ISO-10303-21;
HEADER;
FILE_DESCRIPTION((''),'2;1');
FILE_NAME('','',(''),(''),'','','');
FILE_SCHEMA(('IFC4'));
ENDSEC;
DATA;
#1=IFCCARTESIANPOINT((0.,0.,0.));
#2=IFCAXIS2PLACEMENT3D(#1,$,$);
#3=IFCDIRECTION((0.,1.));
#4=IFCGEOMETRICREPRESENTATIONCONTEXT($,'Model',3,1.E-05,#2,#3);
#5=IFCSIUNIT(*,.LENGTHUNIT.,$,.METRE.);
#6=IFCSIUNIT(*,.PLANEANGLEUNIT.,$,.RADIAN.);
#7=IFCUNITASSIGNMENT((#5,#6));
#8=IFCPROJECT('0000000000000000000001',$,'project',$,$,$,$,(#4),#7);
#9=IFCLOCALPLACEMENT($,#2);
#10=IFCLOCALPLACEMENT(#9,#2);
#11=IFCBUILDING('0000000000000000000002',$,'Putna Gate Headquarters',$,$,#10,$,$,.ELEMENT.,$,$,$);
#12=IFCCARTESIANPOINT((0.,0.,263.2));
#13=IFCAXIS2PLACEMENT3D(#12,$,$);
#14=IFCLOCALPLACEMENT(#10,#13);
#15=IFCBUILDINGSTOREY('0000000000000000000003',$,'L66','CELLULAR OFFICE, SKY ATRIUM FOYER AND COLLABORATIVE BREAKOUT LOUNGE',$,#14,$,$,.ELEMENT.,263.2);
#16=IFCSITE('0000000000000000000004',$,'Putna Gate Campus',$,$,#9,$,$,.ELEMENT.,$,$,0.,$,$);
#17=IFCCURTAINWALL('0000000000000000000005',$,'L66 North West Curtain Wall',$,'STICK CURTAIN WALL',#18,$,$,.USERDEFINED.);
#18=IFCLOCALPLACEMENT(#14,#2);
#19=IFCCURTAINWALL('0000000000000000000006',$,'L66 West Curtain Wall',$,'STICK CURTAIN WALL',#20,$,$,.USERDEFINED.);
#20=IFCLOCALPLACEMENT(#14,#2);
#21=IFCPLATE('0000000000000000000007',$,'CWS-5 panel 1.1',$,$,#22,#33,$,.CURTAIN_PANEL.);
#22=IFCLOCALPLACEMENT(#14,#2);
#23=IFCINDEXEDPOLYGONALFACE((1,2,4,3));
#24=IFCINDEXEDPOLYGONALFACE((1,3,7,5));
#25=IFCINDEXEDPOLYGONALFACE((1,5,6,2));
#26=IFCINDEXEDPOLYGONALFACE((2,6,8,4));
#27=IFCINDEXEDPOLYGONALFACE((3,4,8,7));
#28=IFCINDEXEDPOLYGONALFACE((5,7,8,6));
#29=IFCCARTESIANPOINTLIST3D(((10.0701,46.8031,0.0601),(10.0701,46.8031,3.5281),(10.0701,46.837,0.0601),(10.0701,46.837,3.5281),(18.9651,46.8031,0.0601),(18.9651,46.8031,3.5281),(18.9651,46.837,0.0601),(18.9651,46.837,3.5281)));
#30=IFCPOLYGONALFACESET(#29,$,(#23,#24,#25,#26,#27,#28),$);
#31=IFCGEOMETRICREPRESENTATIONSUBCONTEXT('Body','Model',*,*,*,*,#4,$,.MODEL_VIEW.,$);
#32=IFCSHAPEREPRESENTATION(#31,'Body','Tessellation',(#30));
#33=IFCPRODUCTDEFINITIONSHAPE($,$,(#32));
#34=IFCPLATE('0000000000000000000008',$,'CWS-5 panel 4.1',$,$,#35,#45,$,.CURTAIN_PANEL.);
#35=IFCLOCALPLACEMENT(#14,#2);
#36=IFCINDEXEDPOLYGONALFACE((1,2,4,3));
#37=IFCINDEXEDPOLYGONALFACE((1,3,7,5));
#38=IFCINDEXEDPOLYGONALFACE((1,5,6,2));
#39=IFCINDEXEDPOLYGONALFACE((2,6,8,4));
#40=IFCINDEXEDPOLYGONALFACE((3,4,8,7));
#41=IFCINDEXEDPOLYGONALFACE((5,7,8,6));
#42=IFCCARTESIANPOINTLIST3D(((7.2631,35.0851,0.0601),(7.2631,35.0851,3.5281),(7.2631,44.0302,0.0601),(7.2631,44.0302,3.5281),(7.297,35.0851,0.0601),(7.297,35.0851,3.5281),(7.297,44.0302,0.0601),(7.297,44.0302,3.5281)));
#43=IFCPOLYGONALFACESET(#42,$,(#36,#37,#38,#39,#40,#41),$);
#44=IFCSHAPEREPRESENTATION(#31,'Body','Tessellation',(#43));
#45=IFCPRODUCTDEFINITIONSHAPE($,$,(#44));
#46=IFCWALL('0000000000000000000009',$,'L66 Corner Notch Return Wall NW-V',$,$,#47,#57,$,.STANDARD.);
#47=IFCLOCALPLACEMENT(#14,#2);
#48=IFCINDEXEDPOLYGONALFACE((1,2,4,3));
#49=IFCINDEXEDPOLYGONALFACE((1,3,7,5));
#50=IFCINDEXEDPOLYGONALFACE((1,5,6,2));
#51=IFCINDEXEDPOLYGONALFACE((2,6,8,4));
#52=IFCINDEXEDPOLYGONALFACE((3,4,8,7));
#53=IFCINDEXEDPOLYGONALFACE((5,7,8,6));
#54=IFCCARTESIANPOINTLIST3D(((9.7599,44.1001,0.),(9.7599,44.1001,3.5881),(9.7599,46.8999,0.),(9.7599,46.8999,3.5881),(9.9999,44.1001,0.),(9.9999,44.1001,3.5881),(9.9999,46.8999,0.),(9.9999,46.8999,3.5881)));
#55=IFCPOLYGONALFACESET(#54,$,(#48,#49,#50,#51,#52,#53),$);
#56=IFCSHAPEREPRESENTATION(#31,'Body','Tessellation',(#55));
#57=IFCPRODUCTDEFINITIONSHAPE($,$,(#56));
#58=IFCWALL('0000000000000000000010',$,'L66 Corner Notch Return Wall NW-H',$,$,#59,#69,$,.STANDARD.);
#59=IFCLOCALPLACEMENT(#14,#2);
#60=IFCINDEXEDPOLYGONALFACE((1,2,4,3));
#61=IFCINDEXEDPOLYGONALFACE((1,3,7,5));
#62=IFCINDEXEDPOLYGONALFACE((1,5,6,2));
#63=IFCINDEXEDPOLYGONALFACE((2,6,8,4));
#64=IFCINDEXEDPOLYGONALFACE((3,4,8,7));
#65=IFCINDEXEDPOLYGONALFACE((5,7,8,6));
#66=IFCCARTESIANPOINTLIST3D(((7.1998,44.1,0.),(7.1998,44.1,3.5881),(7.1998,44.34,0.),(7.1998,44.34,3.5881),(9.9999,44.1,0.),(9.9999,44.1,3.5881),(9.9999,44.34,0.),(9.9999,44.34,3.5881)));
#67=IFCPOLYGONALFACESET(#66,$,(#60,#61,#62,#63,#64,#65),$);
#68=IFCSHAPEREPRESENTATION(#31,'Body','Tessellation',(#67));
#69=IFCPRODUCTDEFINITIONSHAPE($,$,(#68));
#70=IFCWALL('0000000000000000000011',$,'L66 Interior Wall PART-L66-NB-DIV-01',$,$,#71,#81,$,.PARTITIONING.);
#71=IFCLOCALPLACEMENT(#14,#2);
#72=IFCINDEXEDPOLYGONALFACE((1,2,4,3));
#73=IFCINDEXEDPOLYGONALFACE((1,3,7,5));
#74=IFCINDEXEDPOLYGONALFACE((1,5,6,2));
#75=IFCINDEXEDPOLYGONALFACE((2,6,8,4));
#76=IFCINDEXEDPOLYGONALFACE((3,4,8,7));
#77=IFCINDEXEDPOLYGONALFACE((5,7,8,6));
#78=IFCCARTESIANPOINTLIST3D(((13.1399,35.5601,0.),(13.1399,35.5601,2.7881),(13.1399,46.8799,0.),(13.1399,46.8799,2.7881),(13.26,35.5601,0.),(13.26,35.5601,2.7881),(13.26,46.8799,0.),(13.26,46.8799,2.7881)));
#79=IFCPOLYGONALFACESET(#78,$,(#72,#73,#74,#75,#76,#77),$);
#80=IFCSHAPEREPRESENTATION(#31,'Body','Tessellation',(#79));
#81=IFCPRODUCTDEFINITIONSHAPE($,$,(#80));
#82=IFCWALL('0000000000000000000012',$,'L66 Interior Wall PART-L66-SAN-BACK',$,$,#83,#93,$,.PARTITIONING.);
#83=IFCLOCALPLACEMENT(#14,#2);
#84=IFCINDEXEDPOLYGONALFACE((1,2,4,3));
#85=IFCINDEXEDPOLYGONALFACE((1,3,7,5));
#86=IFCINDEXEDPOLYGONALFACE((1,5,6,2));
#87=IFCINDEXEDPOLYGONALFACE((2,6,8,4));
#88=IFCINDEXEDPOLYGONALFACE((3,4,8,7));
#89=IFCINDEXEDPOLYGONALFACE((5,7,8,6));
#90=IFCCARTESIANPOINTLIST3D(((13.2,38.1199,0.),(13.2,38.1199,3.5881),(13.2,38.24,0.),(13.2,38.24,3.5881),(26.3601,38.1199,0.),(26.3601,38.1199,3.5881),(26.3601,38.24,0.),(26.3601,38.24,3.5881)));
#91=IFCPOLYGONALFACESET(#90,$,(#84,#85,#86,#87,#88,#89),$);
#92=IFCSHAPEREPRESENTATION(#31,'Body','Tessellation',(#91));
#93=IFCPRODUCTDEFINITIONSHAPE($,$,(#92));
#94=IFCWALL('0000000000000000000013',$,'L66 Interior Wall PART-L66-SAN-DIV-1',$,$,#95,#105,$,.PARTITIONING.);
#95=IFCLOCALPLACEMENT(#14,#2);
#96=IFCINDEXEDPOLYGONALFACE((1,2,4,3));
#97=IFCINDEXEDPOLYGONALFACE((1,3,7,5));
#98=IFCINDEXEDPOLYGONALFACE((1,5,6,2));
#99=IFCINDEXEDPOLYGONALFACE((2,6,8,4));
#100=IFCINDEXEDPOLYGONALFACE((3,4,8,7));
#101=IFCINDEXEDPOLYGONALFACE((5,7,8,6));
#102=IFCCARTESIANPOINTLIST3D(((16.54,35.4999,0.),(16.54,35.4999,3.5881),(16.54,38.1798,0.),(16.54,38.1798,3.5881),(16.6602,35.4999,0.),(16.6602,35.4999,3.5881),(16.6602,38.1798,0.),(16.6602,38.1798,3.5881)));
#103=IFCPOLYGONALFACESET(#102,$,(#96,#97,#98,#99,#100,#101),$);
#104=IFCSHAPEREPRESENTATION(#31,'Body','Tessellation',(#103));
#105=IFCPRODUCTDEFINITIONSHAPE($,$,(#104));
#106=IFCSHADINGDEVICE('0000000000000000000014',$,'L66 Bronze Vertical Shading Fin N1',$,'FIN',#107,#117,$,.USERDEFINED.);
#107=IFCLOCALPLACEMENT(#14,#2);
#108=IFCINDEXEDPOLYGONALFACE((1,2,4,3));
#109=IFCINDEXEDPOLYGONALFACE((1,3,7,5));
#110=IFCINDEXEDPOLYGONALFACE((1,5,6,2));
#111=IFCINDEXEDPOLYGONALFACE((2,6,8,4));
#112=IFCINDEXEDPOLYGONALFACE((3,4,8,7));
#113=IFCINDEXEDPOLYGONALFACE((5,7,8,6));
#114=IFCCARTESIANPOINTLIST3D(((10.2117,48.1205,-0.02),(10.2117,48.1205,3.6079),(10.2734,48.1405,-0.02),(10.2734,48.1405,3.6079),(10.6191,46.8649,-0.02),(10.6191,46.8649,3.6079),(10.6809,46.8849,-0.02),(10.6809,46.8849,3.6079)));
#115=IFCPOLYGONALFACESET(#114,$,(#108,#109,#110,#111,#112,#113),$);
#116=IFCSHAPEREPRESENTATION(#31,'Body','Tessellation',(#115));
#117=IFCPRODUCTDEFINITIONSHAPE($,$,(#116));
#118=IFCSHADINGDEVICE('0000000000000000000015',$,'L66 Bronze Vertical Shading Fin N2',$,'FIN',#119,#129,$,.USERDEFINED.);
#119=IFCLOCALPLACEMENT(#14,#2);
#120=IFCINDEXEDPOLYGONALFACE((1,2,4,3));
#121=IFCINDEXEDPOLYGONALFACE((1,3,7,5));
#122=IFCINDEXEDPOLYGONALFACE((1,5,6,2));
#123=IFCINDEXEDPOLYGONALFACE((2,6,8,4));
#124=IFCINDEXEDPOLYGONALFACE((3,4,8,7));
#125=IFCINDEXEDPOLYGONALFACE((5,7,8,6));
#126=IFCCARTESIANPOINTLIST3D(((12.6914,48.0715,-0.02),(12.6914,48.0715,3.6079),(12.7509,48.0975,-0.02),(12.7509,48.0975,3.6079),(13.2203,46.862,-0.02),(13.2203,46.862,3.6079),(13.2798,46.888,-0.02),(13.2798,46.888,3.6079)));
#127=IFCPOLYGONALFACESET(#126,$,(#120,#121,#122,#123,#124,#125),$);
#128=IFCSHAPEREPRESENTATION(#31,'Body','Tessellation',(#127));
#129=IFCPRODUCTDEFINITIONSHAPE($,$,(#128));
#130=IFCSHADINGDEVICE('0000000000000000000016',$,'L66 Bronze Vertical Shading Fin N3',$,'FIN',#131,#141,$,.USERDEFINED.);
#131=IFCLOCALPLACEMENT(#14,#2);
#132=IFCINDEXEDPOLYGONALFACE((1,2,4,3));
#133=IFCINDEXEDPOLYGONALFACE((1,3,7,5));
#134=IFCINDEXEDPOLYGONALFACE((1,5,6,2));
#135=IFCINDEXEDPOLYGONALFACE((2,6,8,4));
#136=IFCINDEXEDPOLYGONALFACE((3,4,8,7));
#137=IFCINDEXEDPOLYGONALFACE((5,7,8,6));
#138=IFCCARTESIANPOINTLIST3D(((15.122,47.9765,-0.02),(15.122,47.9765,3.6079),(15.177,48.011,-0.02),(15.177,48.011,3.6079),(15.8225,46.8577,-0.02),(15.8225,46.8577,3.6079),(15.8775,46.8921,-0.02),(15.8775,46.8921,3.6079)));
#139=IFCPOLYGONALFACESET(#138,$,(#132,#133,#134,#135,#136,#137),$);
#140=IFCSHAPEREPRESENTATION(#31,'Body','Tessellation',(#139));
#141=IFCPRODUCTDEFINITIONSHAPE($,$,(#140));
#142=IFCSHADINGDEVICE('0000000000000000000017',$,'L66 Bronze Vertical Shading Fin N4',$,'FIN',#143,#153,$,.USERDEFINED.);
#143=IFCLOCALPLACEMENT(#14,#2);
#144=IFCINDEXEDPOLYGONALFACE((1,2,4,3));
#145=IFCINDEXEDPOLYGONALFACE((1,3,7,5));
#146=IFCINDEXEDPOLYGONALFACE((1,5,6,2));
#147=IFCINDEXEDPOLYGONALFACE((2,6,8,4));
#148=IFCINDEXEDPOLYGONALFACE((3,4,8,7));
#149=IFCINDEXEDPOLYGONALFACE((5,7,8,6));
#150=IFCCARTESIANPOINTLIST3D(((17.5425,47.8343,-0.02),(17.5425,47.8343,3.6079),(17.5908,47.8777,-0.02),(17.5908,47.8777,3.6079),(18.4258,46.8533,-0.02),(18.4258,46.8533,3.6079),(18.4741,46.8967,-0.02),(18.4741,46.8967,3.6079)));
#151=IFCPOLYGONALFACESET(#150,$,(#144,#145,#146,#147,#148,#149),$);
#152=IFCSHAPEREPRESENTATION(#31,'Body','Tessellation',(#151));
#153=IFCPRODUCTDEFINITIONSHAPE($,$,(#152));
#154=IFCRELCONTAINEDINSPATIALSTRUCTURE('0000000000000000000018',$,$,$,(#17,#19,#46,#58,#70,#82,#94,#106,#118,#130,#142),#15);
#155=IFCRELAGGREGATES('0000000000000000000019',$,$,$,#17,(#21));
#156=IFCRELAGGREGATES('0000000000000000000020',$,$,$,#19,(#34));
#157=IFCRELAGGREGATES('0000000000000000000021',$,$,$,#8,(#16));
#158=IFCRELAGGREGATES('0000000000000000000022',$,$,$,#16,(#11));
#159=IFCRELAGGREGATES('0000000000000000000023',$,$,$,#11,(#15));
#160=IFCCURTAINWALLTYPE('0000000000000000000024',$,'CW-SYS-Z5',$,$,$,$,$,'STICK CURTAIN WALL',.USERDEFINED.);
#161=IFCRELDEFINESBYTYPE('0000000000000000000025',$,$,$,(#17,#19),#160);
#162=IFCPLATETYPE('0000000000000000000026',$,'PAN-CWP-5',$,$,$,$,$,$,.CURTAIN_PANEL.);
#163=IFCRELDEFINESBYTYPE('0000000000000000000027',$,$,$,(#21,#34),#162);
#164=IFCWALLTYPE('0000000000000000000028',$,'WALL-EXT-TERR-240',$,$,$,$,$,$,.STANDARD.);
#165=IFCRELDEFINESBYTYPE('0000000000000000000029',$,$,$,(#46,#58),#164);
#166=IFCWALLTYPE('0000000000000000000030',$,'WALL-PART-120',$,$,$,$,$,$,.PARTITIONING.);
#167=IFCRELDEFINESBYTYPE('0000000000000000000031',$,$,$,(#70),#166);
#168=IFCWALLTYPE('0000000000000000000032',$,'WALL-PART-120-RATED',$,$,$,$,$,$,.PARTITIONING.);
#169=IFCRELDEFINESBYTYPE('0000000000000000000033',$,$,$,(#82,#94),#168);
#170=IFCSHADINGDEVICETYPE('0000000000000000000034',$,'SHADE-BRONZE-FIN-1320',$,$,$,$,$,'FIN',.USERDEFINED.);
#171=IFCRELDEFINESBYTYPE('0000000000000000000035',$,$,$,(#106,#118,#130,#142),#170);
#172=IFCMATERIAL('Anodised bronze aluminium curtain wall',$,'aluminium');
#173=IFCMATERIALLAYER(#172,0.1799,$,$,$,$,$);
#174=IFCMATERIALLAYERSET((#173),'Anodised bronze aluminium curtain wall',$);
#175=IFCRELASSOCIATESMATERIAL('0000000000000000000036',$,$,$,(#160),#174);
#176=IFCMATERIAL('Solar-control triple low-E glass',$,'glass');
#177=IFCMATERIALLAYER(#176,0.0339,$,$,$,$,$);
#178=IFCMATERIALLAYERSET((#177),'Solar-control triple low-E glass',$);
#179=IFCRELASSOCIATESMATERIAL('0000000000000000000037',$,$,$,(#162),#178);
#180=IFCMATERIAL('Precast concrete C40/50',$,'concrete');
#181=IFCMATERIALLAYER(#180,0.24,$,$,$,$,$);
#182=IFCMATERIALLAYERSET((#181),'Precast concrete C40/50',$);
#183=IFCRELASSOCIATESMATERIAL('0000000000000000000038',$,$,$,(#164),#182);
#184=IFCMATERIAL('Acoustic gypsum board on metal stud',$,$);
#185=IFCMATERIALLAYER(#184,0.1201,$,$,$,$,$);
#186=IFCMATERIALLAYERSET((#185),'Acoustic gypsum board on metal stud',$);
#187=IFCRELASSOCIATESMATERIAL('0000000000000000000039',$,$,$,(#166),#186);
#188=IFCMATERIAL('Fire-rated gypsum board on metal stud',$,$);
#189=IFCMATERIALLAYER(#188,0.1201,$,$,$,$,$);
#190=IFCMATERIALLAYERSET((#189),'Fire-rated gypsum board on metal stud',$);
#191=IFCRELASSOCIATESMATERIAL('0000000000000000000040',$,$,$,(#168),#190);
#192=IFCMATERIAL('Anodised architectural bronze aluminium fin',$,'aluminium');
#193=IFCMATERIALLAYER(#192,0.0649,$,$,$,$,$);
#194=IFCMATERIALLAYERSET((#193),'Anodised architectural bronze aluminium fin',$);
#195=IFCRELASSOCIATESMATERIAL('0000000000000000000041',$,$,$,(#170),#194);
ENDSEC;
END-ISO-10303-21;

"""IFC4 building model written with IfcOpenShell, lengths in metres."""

from ifc_helpers import new_model, si_unit, direction, frame, frame_2d, origin, origin_2d, place, context, subcontext, project, spatial, rectangle, extrude, material, layer, layer_set, type_object, element, aggregate, save


model = new_model("IFC4")

# Units and contexts
model_context = context("Model", 3, precision=1e-05, world=origin(), true_north=direction((0.0, 1.0)))
body_context = subcontext(model_context, "Body", "Model", "MODEL_VIEW")
ifc_project = project(units=[si_unit("LENGTHUNIT", "METRE"), si_unit("PLANEANGLEUNIT", "RADIAN")], contexts=[model_context])

# Site, building, storey
site_placement = place(None, origin())
site = spatial("IfcSite", under=ifc_project, at=site_placement, Name="Putna Gate Campus", CompositionType="ELEMENT", RefElevation=0.0)
building_placement = place(site_placement, origin())
building = spatial("IfcBuilding", under=site, at=building_placement, Name="Putna Gate Headquarters", CompositionType="ELEMENT")
storey_placement = place(building_placement, frame((0.0, 0.0, 263.2)))
storey = spatial("IfcBuildingStorey", under=building, at=storey_placement, Name="L66", Description="CELLULAR OFFICE, SKY ATRIUM FOYER AND COLLABORATIVE BREAKOUT LOUNGE", CompositionType="ELEMENT", Elevation=263.2)

# Curtain wall
ifc_material_1 = material(Name="Anodised bronze aluminium curtain wall", Category="aluminium")
ifc_layer_1 = layer(ifc_material_1, 0.1799)
ifc_layer_set_1 = layer_set([ifc_layer_1], Name="Anodised bronze aluminium curtain wall")
curtain_wall_type = type_object("IfcCurtainWallType", Name="CW-SYS-Z5", ElementType="STICK CURTAIN WALL", PredefinedType="USERDEFINED", material=ifc_layer_set_1)
curtain_wall_1_placement = place(storey_placement, origin())
curtain_wall_1 = element("IfcCurtainWall", 1, at=curtain_wall_1_placement, inside=storey, type_object=curtain_wall_type, Name="L66 North West Curtain Wall", ObjectType="STICK CURTAIN WALL", PredefinedType="USERDEFINED")

# Curtain wall
curtain_wall_2_placement = place(storey_placement, origin())
curtain_wall_2 = element("IfcCurtainWall", 2, at=curtain_wall_2_placement, inside=storey, type_object=curtain_wall_type, Name="L66 West Curtain Wall", ObjectType="STICK CURTAIN WALL", PredefinedType="USERDEFINED")

# Plates
ifc_material_2 = material(Name="Solar-control triple low-E glass", Category="glass")
ifc_layer_2 = layer(ifc_material_2, 0.0339)
ifc_layer_set_2 = layer_set([ifc_layer_2], Name="Solar-control triple low-E glass")
plate_type = type_object("IfcPlateType", Name="PAN-CWP-5", PredefinedType="CURTAIN_PANEL", material=ifc_layer_set_2)
plate_1_placement = place(storey_placement, frame((14.5176, 46.8201, 0.0601), z_axis=(0.0, 0.0, 1.0), x_axis=(1.0, 0.0, 0.0)))
plate_1 = element("IfcPlate", 3, at=plate_1_placement, type_object=plate_type, Name="CWS-5 panel 1.1", PredefinedType="CURTAIN_PANEL", context=body_context, shape_type="SweptSolid", body=[
    extrude(rectangle(XDim=8.895, YDim=0.0339, at=origin_2d()), origin(), (0.0, 0.0, 1.0), 3.468),
])
aggregate(curtain_wall_1, [plate_1])
plate_2_placement = place(storey_placement, frame((7.28, 39.5576, 0.0601), z_axis=(0.0, 0.0, 1.0), x_axis=(0.0, 1.0, 0.0)))
plate_2 = element("IfcPlate", 4, at=plate_2_placement, type_object=plate_type, Name="CWS-5 panel 4.1", PredefinedType="CURTAIN_PANEL", context=body_context, shape_type="SweptSolid", body=[
    extrude(rectangle(XDim=8.9451, YDim=0.0339, at=origin_2d()), origin(), (0.0, 0.0, 1.0), 3.468),
])
aggregate(curtain_wall_2, [plate_2])

# Walls
ifc_material_3 = material(Name="Precast concrete C40/50", Category="concrete")
ifc_layer_3 = layer(ifc_material_3, 0.24)
ifc_layer_set_3 = layer_set([ifc_layer_3], Name="Precast concrete C40/50")
wall_type_1 = type_object("IfcWallType", Name="WALL-EXT-TERR-240", PredefinedType="STANDARD", material=ifc_layer_set_3)
wall_1_placement = place(storey_placement, frame((9.8799, 44.1001, 0.0), z_axis=(0.0, 0.0, 1.0), x_axis=(0.0, 1.0, 0.0)))
element("IfcWall", 5, at=wall_1_placement, inside=storey, type_object=wall_type_1, Name="L66 Corner Notch Return Wall NW-V", PredefinedType="STANDARD", context=body_context, shape_type="SweptSolid", body=[
    extrude(rectangle(XDim=2.7998, YDim=0.24, at=frame_2d((1.3999, 0.0))), origin(), (0.0, 0.0, 1.0), 3.5881),
])
wall_2_placement = place(storey_placement, frame((7.2, 44.22, 0.0), z_axis=(0.0, 0.0, 1.0), x_axis=(1.0, 0.0, 0.0)))
element("IfcWall", 6, at=wall_2_placement, inside=storey, type_object=wall_type_1, Name="L66 Corner Notch Return Wall NW-H", PredefinedType="STANDARD", context=body_context, shape_type="SweptSolid", body=[
    extrude(rectangle(XDim=2.8, YDim=0.24, at=frame_2d((1.3999, 0.0))), origin(), (0.0, 0.0, 1.0), 3.5881),
])
ifc_material_4 = material(Name="Acoustic gypsum board on metal stud")
ifc_layer_4 = layer(ifc_material_4, 0.1201)
ifc_layer_set_4 = layer_set([ifc_layer_4], Name="Acoustic gypsum board on metal stud")
wall_type_2 = type_object("IfcWallType", Name="WALL-PART-120", PredefinedType="PARTITIONING", material=ifc_layer_set_4)
wall_3_placement = place(storey_placement, frame((13.2, 35.5601, 0.0), z_axis=(0.0, 0.0, 1.0), x_axis=(0.0, 1.0, 0.0)))
element("IfcWall", 7, at=wall_3_placement, inside=storey, type_object=wall_type_2, Name="L66 Interior Wall PART-L66-NB-DIV-01", PredefinedType="PARTITIONING", context=body_context, shape_type="SweptSolid", body=[
    extrude(rectangle(XDim=11.3198, YDim=0.1201, at=frame_2d((5.6599, 0.0))), origin(), (0.0, 0.0, 1.0), 2.7881),
])
ifc_material_5 = material(Name="Fire-rated gypsum board on metal stud")
ifc_layer_5 = layer(ifc_material_5, 0.1201)
ifc_layer_set_5 = layer_set([ifc_layer_5], Name="Fire-rated gypsum board on metal stud")
wall_type_3 = type_object("IfcWallType", Name="WALL-PART-120-RATED", PredefinedType="PARTITIONING", material=ifc_layer_set_5)
wall_4_placement = place(storey_placement, frame((13.2, 38.1799, 0.0), z_axis=(0.0, 0.0, 1.0), x_axis=(1.0, 0.0, 0.0)))
element("IfcWall", 8, at=wall_4_placement, inside=storey, type_object=wall_type_3, Name="L66 Interior Wall PART-L66-SAN-BACK", PredefinedType="PARTITIONING", context=body_context, shape_type="SweptSolid", body=[
    extrude(rectangle(XDim=13.1602, YDim=0.1201, at=frame_2d((6.5801, 0.0))), origin(), (0.0, 0.0, 1.0), 3.5881),
])
wall_5_placement = place(storey_placement, frame((16.6001, 35.5, 0.0), z_axis=(0.0, 0.0, 1.0), x_axis=(0.0, 1.0, 0.0)))
element("IfcWall", 9, at=wall_5_placement, inside=storey, type_object=wall_type_3, Name="L66 Interior Wall PART-L66-SAN-DIV-1", PredefinedType="PARTITIONING", context=body_context, shape_type="SweptSolid", body=[
    extrude(rectangle(XDim=2.6799, YDim=0.1201, at=frame_2d((1.3398, 0.0))), origin(), (0.0, 0.0, 1.0), 3.5881),
])

# Shading devices
ifc_material_6 = material(Name="Anodised architectural bronze aluminium fin", Category="aluminium")
ifc_layer_6 = layer(ifc_material_6, 0.0649)
ifc_layer_set_6 = layer_set([ifc_layer_6], Name="Anodised architectural bronze aluminium fin")
shading_device_type = type_object("IfcShadingDeviceType", Name="SHADE-BRONZE-FIN-1320", ElementType="FIN", PredefinedType="USERDEFINED", material=ifc_layer_set_6)
for number, where, z_axis, x_axis, name in (
    (10, (10.4463, 47.5027, -0.02), (0.0, 0.0, 1.0), (-0.308685, 0.951164, 0.0), "L66 Bronze Vertical Shading Fin N1"),
    (11, (12.9856, 47.4797, -0.02), (0.0, 0.0, 1.0), (-0.400669, 0.916223, 0.0), "L66 Bronze Vertical Shading Fin N2"),
    (12, (15.4998, 47.4343, -0.02), (0.0, 0.0, 1.0), (-0.530659, 0.847585, 0.0), "L66 Bronze Vertical Shading Fin N3"),
    (13, (18.0083, 47.3655, -0.02), (0.0, 0.0, 1.0), (-0.669131, 0.743145, 0.0), "L66 Bronze Vertical Shading Fin N4"),
):
    element("IfcShadingDevice", number, at=place(storey_placement, frame(where, z_axis=z_axis, x_axis=x_axis)), inside=storey, type_object=shading_device_type, Name=name, ObjectType="FIN", PredefinedType="USERDEFINED", context=body_context, shape_type="SweptSolid", body=[
        extrude(rectangle(XDim=1.3201, YDim=0.0649, at=origin_2d()), origin(), (0.0, 0.0, 1.0), 3.6279),
    ])

save(model, "model.ifc")
